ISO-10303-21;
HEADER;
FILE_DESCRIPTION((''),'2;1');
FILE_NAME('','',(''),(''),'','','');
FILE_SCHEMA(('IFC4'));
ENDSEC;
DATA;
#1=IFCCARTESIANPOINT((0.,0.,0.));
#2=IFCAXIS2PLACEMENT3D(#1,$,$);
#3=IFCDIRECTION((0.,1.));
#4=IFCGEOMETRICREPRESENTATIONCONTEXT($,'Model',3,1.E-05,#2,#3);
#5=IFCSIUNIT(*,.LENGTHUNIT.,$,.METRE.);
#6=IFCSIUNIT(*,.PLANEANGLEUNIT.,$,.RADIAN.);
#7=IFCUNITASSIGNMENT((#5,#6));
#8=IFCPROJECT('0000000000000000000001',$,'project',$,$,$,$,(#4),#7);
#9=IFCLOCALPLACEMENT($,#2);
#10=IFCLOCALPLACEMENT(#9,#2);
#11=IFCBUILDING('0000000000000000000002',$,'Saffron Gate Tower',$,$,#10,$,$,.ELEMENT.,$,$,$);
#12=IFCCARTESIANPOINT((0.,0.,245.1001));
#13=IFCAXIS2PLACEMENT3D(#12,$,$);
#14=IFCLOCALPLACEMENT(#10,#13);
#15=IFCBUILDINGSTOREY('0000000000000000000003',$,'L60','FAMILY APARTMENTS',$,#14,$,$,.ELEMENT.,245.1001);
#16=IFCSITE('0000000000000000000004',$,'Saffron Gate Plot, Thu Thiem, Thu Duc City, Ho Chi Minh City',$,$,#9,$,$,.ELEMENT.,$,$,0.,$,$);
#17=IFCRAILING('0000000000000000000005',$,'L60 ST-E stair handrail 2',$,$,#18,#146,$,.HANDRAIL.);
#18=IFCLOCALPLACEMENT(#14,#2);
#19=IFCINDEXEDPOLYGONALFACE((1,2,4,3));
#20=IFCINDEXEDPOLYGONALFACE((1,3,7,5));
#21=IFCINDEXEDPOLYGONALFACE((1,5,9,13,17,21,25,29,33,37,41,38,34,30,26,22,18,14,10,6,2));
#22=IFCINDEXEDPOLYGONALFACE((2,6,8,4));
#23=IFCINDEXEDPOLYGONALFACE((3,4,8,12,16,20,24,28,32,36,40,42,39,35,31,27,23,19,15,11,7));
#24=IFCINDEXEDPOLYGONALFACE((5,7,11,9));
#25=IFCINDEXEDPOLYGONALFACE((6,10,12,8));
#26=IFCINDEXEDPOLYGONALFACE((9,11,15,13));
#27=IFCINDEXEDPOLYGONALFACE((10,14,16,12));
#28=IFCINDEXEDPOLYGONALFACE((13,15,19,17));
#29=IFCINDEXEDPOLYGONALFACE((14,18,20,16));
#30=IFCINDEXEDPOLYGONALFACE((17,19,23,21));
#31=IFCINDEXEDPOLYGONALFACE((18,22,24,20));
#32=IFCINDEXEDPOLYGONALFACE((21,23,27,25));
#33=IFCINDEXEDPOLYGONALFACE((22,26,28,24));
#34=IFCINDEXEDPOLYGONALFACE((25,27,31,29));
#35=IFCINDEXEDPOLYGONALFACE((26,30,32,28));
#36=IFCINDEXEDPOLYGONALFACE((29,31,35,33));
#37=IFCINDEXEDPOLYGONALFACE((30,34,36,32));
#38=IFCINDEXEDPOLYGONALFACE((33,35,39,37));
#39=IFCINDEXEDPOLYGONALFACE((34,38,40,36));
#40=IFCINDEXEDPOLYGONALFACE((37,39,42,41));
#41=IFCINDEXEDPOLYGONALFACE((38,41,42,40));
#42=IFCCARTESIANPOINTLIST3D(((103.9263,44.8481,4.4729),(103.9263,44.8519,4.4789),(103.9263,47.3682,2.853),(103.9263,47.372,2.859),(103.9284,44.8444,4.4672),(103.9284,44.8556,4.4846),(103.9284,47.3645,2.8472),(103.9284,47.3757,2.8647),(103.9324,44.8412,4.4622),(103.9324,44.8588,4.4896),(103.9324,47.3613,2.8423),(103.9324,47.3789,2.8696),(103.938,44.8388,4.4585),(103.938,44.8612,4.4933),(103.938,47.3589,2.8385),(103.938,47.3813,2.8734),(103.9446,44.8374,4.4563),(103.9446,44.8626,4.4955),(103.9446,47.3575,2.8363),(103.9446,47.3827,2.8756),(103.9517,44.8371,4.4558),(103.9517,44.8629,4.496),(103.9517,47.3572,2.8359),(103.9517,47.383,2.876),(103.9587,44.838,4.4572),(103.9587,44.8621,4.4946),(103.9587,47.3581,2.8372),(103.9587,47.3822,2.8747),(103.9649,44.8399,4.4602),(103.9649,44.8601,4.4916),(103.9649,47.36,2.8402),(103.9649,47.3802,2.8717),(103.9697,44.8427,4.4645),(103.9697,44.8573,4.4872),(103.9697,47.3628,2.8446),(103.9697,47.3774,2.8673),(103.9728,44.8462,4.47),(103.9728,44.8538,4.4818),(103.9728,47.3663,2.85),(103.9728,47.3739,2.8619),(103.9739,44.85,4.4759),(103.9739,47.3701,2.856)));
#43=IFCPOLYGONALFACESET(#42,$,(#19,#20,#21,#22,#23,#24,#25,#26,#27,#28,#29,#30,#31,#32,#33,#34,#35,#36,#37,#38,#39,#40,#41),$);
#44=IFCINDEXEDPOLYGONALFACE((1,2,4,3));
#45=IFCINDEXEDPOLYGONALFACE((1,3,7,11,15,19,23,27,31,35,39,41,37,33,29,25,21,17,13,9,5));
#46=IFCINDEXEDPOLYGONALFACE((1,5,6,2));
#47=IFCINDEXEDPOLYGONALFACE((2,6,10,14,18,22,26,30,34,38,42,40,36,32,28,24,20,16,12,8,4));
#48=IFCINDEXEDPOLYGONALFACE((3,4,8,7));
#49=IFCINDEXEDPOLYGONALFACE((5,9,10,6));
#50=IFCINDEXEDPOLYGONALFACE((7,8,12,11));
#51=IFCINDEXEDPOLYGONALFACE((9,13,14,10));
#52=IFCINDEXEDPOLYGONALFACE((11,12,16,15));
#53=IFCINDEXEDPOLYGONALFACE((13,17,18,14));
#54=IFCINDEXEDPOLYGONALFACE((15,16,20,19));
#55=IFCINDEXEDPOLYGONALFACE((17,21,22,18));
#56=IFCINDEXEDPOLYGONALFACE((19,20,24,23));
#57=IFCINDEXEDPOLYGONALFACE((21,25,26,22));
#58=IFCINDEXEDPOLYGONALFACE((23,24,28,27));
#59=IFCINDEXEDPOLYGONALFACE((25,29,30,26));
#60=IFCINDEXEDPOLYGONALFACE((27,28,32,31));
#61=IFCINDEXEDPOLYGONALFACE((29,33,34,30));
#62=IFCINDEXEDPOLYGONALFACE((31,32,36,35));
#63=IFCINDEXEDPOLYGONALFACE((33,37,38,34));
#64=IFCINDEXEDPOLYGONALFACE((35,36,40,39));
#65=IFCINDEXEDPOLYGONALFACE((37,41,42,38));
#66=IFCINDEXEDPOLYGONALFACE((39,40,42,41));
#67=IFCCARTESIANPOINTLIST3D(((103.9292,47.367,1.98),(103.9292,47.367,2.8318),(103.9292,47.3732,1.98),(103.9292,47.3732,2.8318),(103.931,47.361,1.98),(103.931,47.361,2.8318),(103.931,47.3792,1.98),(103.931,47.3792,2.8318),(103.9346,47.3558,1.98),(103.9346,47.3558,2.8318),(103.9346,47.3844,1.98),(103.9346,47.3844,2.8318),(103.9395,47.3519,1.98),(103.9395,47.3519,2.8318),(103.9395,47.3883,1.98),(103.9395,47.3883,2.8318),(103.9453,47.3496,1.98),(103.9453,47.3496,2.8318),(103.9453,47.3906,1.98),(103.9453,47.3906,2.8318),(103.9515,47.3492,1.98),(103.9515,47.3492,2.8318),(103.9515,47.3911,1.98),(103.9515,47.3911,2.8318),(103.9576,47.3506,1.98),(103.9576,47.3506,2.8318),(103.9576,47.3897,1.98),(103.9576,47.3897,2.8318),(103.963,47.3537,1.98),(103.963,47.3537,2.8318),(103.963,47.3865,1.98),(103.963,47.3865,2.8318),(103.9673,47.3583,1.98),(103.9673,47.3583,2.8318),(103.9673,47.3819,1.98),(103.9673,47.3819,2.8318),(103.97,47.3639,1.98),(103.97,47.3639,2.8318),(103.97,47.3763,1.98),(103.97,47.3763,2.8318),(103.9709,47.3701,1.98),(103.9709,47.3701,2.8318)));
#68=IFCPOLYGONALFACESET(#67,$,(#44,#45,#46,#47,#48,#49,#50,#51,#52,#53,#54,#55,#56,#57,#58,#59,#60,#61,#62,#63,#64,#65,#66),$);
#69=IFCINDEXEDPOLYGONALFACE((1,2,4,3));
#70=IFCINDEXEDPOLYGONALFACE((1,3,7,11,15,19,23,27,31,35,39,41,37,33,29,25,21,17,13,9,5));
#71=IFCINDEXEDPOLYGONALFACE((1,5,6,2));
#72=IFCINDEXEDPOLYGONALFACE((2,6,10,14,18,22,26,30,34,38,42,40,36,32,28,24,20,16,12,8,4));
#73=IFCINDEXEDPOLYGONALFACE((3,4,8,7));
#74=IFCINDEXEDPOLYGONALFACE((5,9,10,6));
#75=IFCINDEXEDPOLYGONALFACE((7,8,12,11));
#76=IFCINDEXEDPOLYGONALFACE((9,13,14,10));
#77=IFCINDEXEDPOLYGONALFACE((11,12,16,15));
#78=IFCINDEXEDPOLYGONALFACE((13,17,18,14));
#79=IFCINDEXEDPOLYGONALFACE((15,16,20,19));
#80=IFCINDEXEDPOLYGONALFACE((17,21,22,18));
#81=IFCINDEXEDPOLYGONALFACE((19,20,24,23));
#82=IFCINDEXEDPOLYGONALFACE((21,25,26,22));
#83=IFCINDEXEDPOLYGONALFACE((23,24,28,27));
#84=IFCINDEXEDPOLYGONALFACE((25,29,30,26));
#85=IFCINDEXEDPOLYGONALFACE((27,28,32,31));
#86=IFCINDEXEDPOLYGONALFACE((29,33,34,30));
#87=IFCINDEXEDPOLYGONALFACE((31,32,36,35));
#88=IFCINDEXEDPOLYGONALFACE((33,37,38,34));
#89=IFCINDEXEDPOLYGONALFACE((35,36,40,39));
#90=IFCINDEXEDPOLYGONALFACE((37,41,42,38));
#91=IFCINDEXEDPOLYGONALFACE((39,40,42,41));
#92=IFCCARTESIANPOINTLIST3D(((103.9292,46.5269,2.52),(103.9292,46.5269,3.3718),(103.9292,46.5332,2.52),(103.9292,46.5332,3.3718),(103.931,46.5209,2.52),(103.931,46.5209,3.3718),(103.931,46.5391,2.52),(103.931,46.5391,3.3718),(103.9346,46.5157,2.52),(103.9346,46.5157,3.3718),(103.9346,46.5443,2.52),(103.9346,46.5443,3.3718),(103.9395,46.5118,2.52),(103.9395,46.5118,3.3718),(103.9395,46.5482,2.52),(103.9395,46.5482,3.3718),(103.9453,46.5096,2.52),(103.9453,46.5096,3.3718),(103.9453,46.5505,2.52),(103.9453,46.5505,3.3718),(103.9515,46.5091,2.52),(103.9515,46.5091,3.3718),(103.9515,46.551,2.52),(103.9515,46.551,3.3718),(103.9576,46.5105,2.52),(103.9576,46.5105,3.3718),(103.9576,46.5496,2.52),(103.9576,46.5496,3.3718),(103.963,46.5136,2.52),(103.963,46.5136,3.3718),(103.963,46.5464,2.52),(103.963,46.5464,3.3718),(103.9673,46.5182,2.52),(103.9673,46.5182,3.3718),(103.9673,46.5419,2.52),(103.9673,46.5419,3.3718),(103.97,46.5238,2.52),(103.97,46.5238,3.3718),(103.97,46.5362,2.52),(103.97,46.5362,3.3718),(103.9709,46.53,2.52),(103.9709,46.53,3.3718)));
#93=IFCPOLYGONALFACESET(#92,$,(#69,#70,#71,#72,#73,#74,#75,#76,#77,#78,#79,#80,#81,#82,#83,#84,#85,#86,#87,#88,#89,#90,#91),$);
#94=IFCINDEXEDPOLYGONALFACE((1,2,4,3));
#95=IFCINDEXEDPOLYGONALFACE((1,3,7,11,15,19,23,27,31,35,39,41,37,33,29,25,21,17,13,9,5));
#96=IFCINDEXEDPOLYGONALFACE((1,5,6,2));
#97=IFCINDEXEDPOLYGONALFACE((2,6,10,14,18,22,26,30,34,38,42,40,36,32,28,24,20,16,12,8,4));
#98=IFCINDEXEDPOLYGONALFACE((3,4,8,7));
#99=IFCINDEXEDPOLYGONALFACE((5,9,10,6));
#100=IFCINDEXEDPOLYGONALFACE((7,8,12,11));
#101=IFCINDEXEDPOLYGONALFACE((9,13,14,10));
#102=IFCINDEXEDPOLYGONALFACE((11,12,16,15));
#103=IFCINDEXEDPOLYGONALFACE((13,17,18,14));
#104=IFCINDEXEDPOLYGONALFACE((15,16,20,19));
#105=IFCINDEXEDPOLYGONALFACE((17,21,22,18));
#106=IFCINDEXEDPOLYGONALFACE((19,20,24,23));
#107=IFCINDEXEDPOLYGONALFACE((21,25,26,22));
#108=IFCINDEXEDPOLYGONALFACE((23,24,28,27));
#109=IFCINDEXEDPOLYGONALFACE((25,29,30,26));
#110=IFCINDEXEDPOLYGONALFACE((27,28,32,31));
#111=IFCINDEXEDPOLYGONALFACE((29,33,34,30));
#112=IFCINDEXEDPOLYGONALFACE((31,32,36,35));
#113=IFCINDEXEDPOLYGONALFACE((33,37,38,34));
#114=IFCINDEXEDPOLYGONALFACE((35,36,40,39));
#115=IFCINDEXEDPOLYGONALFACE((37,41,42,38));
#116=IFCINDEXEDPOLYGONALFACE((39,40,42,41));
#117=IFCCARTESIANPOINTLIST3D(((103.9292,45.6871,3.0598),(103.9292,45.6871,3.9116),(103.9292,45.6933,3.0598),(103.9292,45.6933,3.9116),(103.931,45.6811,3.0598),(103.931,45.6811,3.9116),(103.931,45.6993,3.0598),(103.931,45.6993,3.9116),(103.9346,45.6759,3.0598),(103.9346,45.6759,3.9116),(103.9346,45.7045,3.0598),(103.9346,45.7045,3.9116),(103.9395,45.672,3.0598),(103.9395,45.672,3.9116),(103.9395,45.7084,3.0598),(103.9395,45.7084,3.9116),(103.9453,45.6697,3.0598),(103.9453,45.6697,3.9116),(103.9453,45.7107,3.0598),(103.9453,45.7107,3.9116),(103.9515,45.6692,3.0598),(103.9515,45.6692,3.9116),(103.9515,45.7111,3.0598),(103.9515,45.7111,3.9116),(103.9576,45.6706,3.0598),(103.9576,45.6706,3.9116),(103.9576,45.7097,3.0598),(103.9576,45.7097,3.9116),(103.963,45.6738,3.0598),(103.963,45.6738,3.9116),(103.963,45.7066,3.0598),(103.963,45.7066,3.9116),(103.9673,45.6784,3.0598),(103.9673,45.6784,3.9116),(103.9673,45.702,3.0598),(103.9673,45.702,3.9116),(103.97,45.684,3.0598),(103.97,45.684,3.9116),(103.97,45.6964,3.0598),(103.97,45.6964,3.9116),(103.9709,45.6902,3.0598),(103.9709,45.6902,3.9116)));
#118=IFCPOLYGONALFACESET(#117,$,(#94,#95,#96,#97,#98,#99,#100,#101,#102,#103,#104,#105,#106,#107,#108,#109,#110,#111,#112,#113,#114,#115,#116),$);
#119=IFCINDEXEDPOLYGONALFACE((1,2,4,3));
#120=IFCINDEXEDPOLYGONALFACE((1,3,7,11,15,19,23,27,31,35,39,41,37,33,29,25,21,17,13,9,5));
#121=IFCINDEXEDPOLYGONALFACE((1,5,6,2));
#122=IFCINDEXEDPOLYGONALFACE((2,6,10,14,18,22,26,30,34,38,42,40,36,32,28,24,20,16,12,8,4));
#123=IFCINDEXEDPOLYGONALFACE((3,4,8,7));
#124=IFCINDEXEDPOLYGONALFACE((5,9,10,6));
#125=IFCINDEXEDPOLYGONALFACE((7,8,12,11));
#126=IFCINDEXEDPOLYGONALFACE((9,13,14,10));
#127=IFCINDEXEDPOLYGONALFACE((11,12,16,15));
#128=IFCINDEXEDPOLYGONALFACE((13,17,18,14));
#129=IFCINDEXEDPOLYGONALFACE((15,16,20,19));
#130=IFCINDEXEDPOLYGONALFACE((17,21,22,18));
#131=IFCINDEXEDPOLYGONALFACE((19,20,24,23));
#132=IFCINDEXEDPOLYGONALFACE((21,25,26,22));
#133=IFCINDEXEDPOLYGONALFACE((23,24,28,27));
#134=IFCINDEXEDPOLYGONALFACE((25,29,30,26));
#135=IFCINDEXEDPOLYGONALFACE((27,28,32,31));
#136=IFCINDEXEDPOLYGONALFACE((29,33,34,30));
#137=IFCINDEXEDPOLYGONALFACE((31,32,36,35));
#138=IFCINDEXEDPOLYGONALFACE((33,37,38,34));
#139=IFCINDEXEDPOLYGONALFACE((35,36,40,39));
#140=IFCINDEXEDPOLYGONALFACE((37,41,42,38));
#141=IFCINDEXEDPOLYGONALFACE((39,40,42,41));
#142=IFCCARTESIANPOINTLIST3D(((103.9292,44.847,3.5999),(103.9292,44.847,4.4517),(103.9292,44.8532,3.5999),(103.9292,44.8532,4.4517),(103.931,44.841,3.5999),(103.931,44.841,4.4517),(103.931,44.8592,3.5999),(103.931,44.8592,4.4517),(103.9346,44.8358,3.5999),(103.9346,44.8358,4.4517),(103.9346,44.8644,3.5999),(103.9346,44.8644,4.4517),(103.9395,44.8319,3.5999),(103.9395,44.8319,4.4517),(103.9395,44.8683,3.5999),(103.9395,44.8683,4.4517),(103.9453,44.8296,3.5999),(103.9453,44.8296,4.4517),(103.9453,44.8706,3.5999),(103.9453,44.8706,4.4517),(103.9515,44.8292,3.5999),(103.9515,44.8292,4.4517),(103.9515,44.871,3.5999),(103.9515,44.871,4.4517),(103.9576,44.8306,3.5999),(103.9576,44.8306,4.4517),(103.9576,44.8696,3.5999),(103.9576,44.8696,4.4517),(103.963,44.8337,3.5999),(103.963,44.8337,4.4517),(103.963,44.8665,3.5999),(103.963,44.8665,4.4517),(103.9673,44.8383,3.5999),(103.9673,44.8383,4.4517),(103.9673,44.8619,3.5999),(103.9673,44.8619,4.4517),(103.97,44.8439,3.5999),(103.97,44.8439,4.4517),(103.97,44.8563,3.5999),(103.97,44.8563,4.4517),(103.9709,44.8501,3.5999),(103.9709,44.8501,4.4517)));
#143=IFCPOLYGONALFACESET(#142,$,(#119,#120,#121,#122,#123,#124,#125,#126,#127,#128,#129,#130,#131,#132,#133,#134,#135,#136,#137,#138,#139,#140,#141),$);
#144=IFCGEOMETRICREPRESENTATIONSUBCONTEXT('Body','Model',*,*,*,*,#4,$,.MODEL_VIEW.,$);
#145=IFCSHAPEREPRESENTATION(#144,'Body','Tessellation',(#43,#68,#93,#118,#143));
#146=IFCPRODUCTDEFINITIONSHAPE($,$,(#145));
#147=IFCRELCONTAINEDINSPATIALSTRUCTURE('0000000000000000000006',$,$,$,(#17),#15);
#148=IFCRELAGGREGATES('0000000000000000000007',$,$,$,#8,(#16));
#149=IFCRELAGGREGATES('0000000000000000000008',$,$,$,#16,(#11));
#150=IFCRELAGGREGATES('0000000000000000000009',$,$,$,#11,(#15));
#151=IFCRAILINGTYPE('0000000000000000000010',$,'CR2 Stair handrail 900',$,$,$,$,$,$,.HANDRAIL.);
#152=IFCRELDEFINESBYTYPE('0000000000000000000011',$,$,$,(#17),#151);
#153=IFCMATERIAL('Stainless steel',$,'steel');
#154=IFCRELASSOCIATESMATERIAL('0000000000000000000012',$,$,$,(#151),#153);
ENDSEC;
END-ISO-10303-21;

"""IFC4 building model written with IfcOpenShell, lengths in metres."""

from ifc_helpers import new_model, si_unit, direction, frame, origin, origin_2d, place, context, subcontext, project, spatial, circle, extrude, material, type_object, element, save


model = new_model("IFC4")

# Units and contexts
model_context = context("Model", 3, precision=1e-05, world=origin(), true_north=direction((0.0, 1.0)))
body_context = subcontext(model_context, "Body", "Model", "MODEL_VIEW")
ifc_project = project(units=[si_unit("LENGTHUNIT", "METRE"), si_unit("PLANEANGLEUNIT", "RADIAN")], contexts=[model_context])

# Site, building, storey
site_placement = place(None, origin())
site = spatial("IfcSite", under=ifc_project, at=site_placement, Name="Saffron Gate Plot, Thu Thiem, Thu Duc City, Ho Chi Minh City", CompositionType="ELEMENT", RefElevation=0.0)
building_placement = place(site_placement, origin())
building = spatial("IfcBuilding", under=site, at=building_placement, Name="Saffron Gate Tower", CompositionType="ELEMENT")
storey_placement = place(building_placement, frame((0.0, 0.0, 245.1001)))
storey = spatial("IfcBuildingStorey", under=building, at=storey_placement, Name="L60", Description="FAMILY APARTMENTS", CompositionType="ELEMENT", Elevation=245.1001)

# Railing
ifc_material_1 = material(Name="Stainless steel", Category="steel")
railing_type_1 = type_object("IfcRailingType", Name="CR2 Stair handrail 900", PredefinedType="HANDRAIL", material=ifc_material_1)
railing_1_placement = place(storey_placement, frame((103.95, 47.3701, 1.98)))
element("IfcRailing", 1, at=railing_1_placement, inside=storey, type_object=railing_type_1, Name="L60 ST-E stair handrail 2", PredefinedType="HANDRAIL", context=body_context, shape_type="SweptSolid", body=[
    extrude(circle(Radius=0.0239, at=origin_2d()), frame((0.0, 0.0, 0.876), z_axis=(0.0, -0.8412, 0.540725), x_axis=(1.0, 0.0, 0.0)), (0.0, 0.0, 1.0), 2.9958),
    extrude(circle(Radius=0.021, at=origin_2d()), origin(), (0.0, 0.0, 1.0), 0.8518),
    extrude(circle(Radius=0.021, at=origin_2d()), frame((0.0, -0.8401, 0.54)), (0.0, 0.0, 1.0), 0.8518),
    extrude(circle(Radius=0.021, at=origin_2d()), frame((0.0, -1.6799, 1.0798)), (0.0, 0.0, 1.0), 0.8518),
    extrude(circle(Radius=0.021, at=origin_2d()), frame((0.0, -2.52, 1.6199)), (0.0, 0.0, 1.0), 0.8518),
])

save(model, "model.ifc")
